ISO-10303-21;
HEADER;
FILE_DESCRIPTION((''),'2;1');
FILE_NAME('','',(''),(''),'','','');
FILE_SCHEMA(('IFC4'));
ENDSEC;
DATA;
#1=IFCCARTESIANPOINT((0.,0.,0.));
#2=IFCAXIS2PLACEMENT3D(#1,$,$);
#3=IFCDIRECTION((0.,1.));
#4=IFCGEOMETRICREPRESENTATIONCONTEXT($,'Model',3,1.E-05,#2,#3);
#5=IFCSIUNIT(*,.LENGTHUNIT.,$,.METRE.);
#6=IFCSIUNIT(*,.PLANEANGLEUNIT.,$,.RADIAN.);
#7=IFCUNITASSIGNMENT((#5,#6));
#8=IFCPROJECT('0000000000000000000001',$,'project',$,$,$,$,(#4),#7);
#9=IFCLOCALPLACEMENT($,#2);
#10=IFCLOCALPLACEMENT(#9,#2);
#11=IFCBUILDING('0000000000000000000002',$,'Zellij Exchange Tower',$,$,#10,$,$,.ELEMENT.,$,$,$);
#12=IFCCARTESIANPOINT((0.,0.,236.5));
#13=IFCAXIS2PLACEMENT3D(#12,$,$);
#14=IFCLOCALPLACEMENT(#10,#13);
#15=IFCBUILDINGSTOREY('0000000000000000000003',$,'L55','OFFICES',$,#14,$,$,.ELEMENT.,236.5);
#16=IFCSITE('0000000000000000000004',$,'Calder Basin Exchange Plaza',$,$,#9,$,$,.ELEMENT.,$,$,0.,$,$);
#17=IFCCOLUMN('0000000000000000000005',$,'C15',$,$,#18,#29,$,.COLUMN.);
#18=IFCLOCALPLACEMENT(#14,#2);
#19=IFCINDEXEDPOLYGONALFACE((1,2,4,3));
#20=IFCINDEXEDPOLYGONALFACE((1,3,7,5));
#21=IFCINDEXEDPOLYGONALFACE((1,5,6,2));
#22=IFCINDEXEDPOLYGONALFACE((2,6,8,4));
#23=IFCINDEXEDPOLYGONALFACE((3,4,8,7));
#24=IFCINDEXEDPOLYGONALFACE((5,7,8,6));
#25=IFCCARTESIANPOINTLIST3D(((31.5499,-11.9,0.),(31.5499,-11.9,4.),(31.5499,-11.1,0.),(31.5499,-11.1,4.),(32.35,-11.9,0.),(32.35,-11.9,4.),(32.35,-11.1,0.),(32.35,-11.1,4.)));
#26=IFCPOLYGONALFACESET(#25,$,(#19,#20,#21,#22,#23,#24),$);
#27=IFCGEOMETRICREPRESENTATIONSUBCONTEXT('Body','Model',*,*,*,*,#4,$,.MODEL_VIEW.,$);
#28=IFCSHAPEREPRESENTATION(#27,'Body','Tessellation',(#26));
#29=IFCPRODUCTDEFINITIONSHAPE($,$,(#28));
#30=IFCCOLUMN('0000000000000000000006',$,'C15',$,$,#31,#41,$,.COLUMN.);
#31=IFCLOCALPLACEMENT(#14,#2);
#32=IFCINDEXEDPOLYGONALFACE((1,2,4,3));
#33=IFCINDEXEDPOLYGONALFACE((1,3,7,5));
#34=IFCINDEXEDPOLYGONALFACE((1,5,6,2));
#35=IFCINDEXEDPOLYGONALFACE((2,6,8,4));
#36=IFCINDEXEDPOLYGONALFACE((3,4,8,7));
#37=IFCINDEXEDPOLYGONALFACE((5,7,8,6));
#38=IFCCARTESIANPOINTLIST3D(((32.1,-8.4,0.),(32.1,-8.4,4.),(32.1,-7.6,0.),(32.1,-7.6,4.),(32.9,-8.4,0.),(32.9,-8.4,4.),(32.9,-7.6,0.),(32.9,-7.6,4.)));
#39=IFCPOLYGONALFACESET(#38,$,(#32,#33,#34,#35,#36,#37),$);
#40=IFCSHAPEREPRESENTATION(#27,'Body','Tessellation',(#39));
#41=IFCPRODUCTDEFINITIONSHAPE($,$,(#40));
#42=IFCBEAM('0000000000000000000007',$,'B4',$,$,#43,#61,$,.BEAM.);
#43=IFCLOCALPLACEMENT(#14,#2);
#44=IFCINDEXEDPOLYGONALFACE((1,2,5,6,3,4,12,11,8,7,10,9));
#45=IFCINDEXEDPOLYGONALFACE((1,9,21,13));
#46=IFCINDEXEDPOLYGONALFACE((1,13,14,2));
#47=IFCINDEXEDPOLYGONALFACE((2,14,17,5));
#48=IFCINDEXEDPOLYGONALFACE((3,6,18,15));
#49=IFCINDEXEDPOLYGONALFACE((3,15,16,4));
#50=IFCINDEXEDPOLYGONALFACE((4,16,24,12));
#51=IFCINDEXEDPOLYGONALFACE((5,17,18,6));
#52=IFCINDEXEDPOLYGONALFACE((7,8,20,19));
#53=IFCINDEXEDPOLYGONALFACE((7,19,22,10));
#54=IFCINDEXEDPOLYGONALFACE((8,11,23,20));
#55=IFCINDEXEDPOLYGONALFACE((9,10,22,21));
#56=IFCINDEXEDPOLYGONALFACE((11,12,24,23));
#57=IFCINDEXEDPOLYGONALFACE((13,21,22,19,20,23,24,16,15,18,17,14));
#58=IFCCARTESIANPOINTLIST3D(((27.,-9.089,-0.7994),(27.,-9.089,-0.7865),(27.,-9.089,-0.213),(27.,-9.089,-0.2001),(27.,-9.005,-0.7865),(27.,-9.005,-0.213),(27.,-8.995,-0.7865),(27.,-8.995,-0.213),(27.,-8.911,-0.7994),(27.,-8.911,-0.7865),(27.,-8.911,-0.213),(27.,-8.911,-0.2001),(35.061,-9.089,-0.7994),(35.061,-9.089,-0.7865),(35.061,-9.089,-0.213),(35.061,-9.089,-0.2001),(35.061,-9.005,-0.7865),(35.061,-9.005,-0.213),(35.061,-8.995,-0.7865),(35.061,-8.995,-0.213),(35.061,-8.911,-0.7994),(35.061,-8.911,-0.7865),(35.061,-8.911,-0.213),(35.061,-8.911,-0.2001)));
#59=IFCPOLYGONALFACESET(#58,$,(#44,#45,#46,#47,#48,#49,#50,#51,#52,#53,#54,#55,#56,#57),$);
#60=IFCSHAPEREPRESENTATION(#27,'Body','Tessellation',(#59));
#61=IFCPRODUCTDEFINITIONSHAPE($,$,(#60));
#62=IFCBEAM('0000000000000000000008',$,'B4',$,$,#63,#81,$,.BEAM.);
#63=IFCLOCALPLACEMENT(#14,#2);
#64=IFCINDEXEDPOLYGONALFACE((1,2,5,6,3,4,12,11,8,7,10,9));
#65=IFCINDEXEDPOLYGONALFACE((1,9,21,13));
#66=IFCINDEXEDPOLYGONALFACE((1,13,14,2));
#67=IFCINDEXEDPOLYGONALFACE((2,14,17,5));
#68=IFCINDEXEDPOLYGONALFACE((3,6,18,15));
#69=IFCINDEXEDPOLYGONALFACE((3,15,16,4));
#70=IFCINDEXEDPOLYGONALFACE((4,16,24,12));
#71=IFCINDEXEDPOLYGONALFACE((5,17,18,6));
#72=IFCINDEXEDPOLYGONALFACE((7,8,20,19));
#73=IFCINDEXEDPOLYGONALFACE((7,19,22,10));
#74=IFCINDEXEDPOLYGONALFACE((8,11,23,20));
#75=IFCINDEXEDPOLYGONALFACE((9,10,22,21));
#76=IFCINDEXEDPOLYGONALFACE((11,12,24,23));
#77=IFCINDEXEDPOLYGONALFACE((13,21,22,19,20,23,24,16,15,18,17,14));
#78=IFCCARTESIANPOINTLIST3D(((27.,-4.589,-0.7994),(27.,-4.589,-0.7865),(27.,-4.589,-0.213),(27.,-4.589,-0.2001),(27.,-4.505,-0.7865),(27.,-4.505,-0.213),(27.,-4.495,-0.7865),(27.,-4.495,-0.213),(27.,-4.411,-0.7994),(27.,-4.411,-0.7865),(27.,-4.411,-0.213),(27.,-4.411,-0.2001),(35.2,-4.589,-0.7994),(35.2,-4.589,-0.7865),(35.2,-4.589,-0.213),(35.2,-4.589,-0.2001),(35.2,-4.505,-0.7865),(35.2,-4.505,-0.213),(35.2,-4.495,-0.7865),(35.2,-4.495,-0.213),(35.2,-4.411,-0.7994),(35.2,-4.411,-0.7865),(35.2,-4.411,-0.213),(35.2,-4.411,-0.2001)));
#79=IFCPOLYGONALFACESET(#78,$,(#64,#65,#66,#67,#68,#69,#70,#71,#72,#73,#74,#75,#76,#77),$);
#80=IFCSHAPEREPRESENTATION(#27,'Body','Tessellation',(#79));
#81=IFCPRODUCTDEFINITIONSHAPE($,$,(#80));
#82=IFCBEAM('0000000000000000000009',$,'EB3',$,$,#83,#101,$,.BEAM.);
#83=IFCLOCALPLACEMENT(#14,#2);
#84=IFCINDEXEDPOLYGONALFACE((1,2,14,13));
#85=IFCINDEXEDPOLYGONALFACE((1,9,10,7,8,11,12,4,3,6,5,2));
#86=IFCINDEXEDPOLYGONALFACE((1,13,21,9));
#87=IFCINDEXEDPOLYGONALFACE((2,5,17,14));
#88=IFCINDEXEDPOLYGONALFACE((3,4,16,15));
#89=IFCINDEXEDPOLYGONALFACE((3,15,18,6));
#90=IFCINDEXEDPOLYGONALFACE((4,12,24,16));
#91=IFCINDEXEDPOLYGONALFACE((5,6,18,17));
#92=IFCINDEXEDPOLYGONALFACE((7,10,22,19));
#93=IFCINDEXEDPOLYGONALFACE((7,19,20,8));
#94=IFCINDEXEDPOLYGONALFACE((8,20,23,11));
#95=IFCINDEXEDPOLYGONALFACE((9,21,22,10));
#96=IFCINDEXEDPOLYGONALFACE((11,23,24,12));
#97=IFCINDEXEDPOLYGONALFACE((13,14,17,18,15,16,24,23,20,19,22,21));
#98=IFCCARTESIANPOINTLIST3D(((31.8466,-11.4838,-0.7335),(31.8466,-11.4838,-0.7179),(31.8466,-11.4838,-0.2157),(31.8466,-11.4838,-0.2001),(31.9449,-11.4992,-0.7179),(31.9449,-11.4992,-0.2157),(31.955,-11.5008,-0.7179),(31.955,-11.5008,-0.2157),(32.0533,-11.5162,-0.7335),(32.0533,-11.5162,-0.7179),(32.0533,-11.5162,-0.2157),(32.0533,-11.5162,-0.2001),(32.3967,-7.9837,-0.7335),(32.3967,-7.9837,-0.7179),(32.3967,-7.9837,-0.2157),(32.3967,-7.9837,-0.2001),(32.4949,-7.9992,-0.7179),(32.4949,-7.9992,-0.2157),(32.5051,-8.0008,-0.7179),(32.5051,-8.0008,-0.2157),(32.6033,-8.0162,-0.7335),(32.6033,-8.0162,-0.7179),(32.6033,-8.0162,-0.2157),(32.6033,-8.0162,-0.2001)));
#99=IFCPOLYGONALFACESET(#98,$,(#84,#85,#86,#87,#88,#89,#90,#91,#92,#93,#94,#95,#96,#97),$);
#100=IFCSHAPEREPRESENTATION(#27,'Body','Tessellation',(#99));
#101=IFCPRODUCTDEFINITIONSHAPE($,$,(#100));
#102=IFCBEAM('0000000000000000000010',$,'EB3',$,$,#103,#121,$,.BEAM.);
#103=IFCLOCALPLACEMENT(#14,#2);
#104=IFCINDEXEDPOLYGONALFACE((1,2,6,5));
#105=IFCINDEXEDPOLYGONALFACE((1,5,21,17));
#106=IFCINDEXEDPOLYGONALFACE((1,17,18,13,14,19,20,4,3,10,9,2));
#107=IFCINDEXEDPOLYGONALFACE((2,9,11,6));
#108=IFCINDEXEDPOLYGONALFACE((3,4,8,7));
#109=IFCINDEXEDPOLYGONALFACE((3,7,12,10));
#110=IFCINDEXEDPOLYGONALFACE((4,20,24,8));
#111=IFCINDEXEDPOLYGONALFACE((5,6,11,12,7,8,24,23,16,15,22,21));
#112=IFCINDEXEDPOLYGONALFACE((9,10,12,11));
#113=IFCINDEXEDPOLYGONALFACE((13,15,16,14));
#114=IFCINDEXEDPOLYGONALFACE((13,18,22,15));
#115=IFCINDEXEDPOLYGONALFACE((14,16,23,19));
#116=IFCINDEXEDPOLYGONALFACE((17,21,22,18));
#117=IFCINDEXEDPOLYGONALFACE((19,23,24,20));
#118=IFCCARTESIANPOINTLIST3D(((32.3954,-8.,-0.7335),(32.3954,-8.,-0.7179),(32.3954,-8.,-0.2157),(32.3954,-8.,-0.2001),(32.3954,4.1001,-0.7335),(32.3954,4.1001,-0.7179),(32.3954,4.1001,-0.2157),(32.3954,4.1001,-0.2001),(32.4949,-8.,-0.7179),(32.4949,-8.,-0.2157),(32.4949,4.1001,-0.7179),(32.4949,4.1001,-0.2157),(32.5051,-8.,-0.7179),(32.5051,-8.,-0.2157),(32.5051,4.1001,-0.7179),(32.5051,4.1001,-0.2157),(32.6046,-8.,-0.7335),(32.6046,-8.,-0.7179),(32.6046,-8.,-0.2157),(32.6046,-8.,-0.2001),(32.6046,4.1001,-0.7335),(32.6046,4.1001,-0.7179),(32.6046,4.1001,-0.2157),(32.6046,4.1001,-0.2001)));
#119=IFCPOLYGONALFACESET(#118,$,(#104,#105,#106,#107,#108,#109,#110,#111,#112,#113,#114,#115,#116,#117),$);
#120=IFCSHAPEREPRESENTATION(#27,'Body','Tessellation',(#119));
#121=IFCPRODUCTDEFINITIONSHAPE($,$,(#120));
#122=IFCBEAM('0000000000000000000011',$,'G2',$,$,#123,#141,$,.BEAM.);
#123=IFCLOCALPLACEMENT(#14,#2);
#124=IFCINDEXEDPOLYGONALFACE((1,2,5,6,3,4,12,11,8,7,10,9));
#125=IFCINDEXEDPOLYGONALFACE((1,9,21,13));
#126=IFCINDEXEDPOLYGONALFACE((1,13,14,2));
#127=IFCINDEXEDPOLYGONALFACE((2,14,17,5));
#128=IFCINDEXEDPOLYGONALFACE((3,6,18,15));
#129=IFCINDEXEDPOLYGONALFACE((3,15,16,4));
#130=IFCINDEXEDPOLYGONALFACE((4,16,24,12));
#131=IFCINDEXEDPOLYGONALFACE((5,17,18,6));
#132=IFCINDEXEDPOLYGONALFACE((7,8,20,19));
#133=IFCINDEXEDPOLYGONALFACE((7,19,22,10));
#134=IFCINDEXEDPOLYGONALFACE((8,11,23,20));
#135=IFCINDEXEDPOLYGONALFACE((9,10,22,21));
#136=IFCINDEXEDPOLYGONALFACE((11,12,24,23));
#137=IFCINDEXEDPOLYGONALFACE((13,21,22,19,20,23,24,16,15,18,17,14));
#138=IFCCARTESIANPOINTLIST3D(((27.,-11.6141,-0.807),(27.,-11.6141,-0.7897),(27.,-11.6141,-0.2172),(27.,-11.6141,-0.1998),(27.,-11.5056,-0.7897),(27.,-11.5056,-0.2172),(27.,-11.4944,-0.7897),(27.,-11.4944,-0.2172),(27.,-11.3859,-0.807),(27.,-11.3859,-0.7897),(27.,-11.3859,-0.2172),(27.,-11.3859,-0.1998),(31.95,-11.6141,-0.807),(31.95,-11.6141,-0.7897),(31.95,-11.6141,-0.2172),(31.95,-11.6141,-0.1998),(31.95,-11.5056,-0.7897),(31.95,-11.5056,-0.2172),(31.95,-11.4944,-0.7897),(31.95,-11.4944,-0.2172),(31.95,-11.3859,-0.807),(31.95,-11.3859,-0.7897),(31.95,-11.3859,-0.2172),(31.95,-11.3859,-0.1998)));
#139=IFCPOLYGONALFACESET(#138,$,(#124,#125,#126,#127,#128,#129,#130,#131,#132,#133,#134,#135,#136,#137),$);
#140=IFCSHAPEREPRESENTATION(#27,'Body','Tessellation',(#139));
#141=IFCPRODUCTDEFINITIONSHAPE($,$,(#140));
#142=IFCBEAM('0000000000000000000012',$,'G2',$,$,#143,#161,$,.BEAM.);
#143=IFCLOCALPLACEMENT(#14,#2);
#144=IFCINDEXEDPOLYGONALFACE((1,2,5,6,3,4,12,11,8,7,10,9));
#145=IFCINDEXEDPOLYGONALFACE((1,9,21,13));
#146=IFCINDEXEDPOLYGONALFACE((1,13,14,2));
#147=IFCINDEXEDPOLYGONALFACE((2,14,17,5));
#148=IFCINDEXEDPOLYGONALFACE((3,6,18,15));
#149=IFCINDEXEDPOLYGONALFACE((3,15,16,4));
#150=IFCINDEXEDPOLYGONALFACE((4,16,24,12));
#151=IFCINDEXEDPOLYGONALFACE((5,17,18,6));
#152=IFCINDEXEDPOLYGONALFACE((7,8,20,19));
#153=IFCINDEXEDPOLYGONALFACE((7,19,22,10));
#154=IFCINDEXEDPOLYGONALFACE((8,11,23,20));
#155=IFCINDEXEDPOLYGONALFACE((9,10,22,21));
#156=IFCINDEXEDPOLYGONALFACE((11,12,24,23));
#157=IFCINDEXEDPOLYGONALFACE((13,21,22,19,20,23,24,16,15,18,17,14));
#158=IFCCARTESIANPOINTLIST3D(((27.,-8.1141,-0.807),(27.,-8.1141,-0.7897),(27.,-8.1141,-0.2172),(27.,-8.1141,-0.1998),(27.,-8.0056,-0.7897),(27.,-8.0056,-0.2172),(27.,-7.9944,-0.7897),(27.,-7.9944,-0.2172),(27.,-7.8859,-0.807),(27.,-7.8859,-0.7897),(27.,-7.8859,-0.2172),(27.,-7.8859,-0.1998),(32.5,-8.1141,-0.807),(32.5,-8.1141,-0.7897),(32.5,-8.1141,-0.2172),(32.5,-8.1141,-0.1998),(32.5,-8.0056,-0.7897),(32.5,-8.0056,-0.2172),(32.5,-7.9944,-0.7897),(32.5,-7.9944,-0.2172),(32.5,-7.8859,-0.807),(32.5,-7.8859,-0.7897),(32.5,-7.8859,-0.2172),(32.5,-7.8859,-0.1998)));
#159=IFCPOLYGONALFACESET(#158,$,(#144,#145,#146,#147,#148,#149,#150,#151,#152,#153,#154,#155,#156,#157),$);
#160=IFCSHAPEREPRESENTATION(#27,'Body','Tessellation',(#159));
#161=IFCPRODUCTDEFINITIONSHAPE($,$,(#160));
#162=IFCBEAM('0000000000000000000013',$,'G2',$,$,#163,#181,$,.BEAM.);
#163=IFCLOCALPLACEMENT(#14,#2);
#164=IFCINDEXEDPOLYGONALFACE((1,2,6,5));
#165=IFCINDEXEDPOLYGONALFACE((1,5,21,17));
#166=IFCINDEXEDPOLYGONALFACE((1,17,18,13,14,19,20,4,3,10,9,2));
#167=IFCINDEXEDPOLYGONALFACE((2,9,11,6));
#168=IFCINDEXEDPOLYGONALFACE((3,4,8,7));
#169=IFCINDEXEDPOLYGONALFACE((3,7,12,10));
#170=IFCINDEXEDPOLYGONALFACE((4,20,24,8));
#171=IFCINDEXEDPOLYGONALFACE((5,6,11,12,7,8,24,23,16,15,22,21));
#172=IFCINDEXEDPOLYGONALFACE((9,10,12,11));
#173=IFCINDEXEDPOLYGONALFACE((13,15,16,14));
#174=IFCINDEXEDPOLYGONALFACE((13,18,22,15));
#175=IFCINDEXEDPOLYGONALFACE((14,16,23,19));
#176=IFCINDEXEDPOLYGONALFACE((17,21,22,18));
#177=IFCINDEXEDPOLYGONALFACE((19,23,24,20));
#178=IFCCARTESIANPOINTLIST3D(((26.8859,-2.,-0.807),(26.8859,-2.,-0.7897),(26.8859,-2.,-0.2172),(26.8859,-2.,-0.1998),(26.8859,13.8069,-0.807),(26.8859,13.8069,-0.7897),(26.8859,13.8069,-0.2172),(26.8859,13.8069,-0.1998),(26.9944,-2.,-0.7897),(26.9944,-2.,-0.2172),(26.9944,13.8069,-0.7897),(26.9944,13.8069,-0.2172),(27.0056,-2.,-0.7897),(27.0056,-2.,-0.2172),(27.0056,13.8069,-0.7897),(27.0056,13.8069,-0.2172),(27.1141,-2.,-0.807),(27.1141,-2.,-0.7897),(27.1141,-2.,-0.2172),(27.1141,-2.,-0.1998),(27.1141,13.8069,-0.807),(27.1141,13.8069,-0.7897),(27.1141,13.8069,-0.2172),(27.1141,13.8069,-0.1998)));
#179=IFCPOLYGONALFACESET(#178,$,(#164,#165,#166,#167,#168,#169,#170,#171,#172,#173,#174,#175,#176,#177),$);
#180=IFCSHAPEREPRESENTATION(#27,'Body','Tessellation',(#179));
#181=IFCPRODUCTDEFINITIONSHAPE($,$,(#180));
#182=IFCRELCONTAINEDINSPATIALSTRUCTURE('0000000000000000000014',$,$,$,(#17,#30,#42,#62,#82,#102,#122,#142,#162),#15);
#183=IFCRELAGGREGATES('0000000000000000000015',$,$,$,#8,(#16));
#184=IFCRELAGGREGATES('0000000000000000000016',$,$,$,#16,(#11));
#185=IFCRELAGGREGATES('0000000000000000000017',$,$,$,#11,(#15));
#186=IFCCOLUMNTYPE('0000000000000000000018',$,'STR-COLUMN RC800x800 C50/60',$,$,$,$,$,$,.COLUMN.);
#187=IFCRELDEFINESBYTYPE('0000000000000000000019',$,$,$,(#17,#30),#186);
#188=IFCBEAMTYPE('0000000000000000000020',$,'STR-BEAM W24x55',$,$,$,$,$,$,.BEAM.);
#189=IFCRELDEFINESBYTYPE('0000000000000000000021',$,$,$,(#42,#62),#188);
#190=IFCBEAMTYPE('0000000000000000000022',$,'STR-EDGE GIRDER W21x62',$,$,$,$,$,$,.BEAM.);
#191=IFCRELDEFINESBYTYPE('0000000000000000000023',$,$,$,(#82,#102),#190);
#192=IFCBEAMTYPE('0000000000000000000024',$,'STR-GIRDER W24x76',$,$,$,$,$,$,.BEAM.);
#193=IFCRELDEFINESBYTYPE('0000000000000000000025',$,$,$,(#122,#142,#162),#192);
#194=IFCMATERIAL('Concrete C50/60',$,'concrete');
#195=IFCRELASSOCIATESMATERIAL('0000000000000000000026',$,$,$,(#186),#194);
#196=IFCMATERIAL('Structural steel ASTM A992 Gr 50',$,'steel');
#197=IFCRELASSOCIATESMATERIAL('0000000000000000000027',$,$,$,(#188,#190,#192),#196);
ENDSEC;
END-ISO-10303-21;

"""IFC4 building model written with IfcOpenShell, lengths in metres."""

from ifc_helpers import new_model, si_unit, direction, frame, origin, origin_2d, place, context, subcontext, project, spatial, rectangle, i_section, extrude, material, material_profile, profile_set, type_object, element, save


model = new_model("IFC4")

# Units and contexts
model_context = context("Model", 3, precision=1e-05, world=origin(), true_north=direction((0.0, 1.0)))
body_context = subcontext(model_context, "Body", "Model", "MODEL_VIEW")
ifc_project = project(units=[si_unit("LENGTHUNIT", "METRE"), si_unit("PLANEANGLEUNIT", "RADIAN")], contexts=[model_context])

# Site, building, storey
site_placement = place(None, origin())
site = spatial("IfcSite", under=ifc_project, at=site_placement, Name="Calder Basin Exchange Plaza", CompositionType="ELEMENT", RefElevation=0.0)
building_placement = place(site_placement, origin())
building = spatial("IfcBuilding", under=site, at=building_placement, Name="Zellij Exchange Tower", CompositionType="ELEMENT")
storey_placement = place(building_placement, frame((0.0, 0.0, 236.5)))
storey = spatial("IfcBuildingStorey", under=building, at=storey_placement, Name="L55", Description="OFFICES", CompositionType="ELEMENT", Elevation=236.5)

# Columns
ifc_material_1 = material(Name="Concrete C50/60", Category="concrete")
ifc_material_profile_1 = material_profile(ifc_material_1, rectangle(XDim=0.8, YDim=0.8, at=origin_2d()), Name="STR-COLUMN RC800x800 C50/60")
ifc_profile_set_1 = profile_set([ifc_material_profile_1], Name="Concrete C50/60")
column_type = type_object("IfcColumnType", Name="STR-COLUMN RC800x800 C50/60", PredefinedType="COLUMN", material=ifc_profile_set_1)
for number, where, z_axis, x_axis, name in (
    (1, (31.95, -11.5, 0.0), (0.0, 0.0, 1.0), (1.0, 0.0, 0.0), "C15"),
    (2, (32.5, -8.0, 0.0), (0.0, 0.0, 1.0), (1.0, 0.0, 0.0), "C15"),
):
    element("IfcColumn", number, at=place(storey_placement, frame(where, z_axis=z_axis, x_axis=x_axis)), inside=storey, type_object=column_type, Name=name, PredefinedType="COLUMN", context=body_context, shape_type="SweptSolid", body=[
        extrude(rectangle(XDim=0.8, YDim=0.8, at=origin_2d()), origin(), (0.0, 0.0, 1.0), 4.0),
    ])

# Beams
ifc_material_2 = material(Name="Structural steel ASTM A992 Gr 50", Category="steel")
ifc_material_profile_2 = material_profile(ifc_material_2, i_section(OverallWidth=0.178, OverallDepth=0.5994, WebThickness=0.01, FlangeThickness=0.0129, at=origin_2d()), Name="W24x55")
ifc_profile_set_2 = profile_set([ifc_material_profile_2], Name="Structural steel ASTM A992 Gr 50")
beam_type_1 = type_object("IfcBeamType", Name="STR-BEAM W24x55", PredefinedType="BEAM", material=ifc_profile_set_2)
beam_1_placement = place(storey_placement, frame((27.0, -9.0, -0.4998), z_axis=(1.0, 0.0, 0.0), x_axis=(0.0, 1.0, 0.0)))
element("IfcBeam", 3, at=beam_1_placement, inside=storey, type_object=beam_type_1, Name="B4", PredefinedType="BEAM", context=body_context, shape_type="SweptSolid", body=[
    extrude(i_section(OverallWidth=0.178, OverallDepth=0.5994, WebThickness=0.01, FlangeThickness=0.0129, at=origin_2d()), origin(), (0.0, 0.0, 1.0), 8.061),
])
beam_2_placement = place(storey_placement, frame((27.0, -4.5, -0.4998), z_axis=(1.0, 0.0, 0.0), x_axis=(0.0, 1.0, 0.0)))
element("IfcBeam", 4, at=beam_2_placement, inside=storey, type_object=beam_type_1, Name="B4", PredefinedType="BEAM", context=body_context, shape_type="SweptSolid", body=[
    extrude(i_section(OverallWidth=0.178, OverallDepth=0.5994, WebThickness=0.01, FlangeThickness=0.0129, at=origin_2d()), origin(), (0.0, 0.0, 1.0), 8.2),
])
ifc_material_profile_3 = material_profile(ifc_material_2, i_section(OverallWidth=0.2092, OverallDepth=0.5334, WebThickness=0.0103, FlangeThickness=0.0156, at=origin_2d()), Name="W21x62")
ifc_profile_set_3 = profile_set([ifc_material_profile_3], Name="Structural steel ASTM A992 Gr 50")
beam_type_2 = type_object("IfcBeamType", Name="STR-EDGE GIRDER W21x62", PredefinedType="BEAM", material=ifc_profile_set_3)
beam_3_placement = place(storey_placement, frame((31.95, -11.5, -0.4668), z_axis=(0.155251, 0.987875, 0.0), x_axis=(-0.987875, 0.155251, 0.0)))
element("IfcBeam", 5, at=beam_3_placement, inside=storey, type_object=beam_type_2, Name="EB3", PredefinedType="BEAM", context=body_context, shape_type="SweptSolid", body=[
    extrude(i_section(OverallWidth=0.2092, OverallDepth=0.5334, WebThickness=0.0103, FlangeThickness=0.0156, at=origin_2d()), origin(), (0.0, 0.0, 1.0), 3.543),
])
beam_4_placement = place(storey_placement, frame((32.5, -8.0, -0.4668), z_axis=(0.0, 1.0, 0.0), x_axis=(-1.0, 0.0, 0.0)))
element("IfcBeam", 6, at=beam_4_placement, inside=storey, type_object=beam_type_2, Name="EB3", PredefinedType="BEAM", context=body_context, shape_type="SweptSolid", body=[
    extrude(i_section(OverallWidth=0.2092, OverallDepth=0.5334, WebThickness=0.0103, FlangeThickness=0.0156, at=origin_2d()), origin(), (0.0, 0.0, 1.0), 12.1001),
])
ifc_material_profile_4 = material_profile(ifc_material_2, i_section(OverallWidth=0.2283, OverallDepth=0.6072, WebThickness=0.0112, FlangeThickness=0.0173, at=origin_2d()), Name="W24x76")
ifc_profile_set_4 = profile_set([ifc_material_profile_4], Name="Structural steel ASTM A992 Gr 50")
beam_type_3 = type_object("IfcBeamType", Name="STR-GIRDER W24x76", PredefinedType="BEAM", material=ifc_profile_set_4)
beam_5_placement = place(storey_placement, frame((27.0, -11.5, -0.5034), z_axis=(1.0, 0.0, 0.0), x_axis=(0.0, 1.0, 0.0)))
element("IfcBeam", 7, at=beam_5_placement, inside=storey, type_object=beam_type_3, Name="G2", PredefinedType="BEAM", context=body_context, shape_type="SweptSolid", body=[
    extrude(i_section(OverallWidth=0.2283, OverallDepth=0.6072, WebThickness=0.0112, FlangeThickness=0.0173, at=origin_2d()), origin(), (0.0, 0.0, 1.0), 4.95),
])
beam_6_placement = place(storey_placement, frame((27.0, -8.0, -0.5034), z_axis=(1.0, 0.0, 0.0), x_axis=(0.0, 1.0, 0.0)))
element("IfcBeam", 8, at=beam_6_placement, inside=storey, type_object=beam_type_3, Name="G2", PredefinedType="BEAM", context=body_context, shape_type="SweptSolid", body=[
    extrude(i_section(OverallWidth=0.2283, OverallDepth=0.6072, WebThickness=0.0112, FlangeThickness=0.0173, at=origin_2d()), origin(), (0.0, 0.0, 1.0), 5.5),
])
beam_7_placement = place(storey_placement, frame((27.0, -2.0, -0.5034), z_axis=(0.0, 1.0, 0.0), x_axis=(-1.0, 0.0, 0.0)))
element("IfcBeam", 9, at=beam_7_placement, inside=storey, type_object=beam_type_3, Name="G2", PredefinedType="BEAM", context=body_context, shape_type="SweptSolid", body=[
    extrude(i_section(OverallWidth=0.2283, OverallDepth=0.6072, WebThickness=0.0112, FlangeThickness=0.0173, at=origin_2d()), origin(), (0.0, 0.0, 1.0), 15.8069),
])

save(model, "model.ifc")
